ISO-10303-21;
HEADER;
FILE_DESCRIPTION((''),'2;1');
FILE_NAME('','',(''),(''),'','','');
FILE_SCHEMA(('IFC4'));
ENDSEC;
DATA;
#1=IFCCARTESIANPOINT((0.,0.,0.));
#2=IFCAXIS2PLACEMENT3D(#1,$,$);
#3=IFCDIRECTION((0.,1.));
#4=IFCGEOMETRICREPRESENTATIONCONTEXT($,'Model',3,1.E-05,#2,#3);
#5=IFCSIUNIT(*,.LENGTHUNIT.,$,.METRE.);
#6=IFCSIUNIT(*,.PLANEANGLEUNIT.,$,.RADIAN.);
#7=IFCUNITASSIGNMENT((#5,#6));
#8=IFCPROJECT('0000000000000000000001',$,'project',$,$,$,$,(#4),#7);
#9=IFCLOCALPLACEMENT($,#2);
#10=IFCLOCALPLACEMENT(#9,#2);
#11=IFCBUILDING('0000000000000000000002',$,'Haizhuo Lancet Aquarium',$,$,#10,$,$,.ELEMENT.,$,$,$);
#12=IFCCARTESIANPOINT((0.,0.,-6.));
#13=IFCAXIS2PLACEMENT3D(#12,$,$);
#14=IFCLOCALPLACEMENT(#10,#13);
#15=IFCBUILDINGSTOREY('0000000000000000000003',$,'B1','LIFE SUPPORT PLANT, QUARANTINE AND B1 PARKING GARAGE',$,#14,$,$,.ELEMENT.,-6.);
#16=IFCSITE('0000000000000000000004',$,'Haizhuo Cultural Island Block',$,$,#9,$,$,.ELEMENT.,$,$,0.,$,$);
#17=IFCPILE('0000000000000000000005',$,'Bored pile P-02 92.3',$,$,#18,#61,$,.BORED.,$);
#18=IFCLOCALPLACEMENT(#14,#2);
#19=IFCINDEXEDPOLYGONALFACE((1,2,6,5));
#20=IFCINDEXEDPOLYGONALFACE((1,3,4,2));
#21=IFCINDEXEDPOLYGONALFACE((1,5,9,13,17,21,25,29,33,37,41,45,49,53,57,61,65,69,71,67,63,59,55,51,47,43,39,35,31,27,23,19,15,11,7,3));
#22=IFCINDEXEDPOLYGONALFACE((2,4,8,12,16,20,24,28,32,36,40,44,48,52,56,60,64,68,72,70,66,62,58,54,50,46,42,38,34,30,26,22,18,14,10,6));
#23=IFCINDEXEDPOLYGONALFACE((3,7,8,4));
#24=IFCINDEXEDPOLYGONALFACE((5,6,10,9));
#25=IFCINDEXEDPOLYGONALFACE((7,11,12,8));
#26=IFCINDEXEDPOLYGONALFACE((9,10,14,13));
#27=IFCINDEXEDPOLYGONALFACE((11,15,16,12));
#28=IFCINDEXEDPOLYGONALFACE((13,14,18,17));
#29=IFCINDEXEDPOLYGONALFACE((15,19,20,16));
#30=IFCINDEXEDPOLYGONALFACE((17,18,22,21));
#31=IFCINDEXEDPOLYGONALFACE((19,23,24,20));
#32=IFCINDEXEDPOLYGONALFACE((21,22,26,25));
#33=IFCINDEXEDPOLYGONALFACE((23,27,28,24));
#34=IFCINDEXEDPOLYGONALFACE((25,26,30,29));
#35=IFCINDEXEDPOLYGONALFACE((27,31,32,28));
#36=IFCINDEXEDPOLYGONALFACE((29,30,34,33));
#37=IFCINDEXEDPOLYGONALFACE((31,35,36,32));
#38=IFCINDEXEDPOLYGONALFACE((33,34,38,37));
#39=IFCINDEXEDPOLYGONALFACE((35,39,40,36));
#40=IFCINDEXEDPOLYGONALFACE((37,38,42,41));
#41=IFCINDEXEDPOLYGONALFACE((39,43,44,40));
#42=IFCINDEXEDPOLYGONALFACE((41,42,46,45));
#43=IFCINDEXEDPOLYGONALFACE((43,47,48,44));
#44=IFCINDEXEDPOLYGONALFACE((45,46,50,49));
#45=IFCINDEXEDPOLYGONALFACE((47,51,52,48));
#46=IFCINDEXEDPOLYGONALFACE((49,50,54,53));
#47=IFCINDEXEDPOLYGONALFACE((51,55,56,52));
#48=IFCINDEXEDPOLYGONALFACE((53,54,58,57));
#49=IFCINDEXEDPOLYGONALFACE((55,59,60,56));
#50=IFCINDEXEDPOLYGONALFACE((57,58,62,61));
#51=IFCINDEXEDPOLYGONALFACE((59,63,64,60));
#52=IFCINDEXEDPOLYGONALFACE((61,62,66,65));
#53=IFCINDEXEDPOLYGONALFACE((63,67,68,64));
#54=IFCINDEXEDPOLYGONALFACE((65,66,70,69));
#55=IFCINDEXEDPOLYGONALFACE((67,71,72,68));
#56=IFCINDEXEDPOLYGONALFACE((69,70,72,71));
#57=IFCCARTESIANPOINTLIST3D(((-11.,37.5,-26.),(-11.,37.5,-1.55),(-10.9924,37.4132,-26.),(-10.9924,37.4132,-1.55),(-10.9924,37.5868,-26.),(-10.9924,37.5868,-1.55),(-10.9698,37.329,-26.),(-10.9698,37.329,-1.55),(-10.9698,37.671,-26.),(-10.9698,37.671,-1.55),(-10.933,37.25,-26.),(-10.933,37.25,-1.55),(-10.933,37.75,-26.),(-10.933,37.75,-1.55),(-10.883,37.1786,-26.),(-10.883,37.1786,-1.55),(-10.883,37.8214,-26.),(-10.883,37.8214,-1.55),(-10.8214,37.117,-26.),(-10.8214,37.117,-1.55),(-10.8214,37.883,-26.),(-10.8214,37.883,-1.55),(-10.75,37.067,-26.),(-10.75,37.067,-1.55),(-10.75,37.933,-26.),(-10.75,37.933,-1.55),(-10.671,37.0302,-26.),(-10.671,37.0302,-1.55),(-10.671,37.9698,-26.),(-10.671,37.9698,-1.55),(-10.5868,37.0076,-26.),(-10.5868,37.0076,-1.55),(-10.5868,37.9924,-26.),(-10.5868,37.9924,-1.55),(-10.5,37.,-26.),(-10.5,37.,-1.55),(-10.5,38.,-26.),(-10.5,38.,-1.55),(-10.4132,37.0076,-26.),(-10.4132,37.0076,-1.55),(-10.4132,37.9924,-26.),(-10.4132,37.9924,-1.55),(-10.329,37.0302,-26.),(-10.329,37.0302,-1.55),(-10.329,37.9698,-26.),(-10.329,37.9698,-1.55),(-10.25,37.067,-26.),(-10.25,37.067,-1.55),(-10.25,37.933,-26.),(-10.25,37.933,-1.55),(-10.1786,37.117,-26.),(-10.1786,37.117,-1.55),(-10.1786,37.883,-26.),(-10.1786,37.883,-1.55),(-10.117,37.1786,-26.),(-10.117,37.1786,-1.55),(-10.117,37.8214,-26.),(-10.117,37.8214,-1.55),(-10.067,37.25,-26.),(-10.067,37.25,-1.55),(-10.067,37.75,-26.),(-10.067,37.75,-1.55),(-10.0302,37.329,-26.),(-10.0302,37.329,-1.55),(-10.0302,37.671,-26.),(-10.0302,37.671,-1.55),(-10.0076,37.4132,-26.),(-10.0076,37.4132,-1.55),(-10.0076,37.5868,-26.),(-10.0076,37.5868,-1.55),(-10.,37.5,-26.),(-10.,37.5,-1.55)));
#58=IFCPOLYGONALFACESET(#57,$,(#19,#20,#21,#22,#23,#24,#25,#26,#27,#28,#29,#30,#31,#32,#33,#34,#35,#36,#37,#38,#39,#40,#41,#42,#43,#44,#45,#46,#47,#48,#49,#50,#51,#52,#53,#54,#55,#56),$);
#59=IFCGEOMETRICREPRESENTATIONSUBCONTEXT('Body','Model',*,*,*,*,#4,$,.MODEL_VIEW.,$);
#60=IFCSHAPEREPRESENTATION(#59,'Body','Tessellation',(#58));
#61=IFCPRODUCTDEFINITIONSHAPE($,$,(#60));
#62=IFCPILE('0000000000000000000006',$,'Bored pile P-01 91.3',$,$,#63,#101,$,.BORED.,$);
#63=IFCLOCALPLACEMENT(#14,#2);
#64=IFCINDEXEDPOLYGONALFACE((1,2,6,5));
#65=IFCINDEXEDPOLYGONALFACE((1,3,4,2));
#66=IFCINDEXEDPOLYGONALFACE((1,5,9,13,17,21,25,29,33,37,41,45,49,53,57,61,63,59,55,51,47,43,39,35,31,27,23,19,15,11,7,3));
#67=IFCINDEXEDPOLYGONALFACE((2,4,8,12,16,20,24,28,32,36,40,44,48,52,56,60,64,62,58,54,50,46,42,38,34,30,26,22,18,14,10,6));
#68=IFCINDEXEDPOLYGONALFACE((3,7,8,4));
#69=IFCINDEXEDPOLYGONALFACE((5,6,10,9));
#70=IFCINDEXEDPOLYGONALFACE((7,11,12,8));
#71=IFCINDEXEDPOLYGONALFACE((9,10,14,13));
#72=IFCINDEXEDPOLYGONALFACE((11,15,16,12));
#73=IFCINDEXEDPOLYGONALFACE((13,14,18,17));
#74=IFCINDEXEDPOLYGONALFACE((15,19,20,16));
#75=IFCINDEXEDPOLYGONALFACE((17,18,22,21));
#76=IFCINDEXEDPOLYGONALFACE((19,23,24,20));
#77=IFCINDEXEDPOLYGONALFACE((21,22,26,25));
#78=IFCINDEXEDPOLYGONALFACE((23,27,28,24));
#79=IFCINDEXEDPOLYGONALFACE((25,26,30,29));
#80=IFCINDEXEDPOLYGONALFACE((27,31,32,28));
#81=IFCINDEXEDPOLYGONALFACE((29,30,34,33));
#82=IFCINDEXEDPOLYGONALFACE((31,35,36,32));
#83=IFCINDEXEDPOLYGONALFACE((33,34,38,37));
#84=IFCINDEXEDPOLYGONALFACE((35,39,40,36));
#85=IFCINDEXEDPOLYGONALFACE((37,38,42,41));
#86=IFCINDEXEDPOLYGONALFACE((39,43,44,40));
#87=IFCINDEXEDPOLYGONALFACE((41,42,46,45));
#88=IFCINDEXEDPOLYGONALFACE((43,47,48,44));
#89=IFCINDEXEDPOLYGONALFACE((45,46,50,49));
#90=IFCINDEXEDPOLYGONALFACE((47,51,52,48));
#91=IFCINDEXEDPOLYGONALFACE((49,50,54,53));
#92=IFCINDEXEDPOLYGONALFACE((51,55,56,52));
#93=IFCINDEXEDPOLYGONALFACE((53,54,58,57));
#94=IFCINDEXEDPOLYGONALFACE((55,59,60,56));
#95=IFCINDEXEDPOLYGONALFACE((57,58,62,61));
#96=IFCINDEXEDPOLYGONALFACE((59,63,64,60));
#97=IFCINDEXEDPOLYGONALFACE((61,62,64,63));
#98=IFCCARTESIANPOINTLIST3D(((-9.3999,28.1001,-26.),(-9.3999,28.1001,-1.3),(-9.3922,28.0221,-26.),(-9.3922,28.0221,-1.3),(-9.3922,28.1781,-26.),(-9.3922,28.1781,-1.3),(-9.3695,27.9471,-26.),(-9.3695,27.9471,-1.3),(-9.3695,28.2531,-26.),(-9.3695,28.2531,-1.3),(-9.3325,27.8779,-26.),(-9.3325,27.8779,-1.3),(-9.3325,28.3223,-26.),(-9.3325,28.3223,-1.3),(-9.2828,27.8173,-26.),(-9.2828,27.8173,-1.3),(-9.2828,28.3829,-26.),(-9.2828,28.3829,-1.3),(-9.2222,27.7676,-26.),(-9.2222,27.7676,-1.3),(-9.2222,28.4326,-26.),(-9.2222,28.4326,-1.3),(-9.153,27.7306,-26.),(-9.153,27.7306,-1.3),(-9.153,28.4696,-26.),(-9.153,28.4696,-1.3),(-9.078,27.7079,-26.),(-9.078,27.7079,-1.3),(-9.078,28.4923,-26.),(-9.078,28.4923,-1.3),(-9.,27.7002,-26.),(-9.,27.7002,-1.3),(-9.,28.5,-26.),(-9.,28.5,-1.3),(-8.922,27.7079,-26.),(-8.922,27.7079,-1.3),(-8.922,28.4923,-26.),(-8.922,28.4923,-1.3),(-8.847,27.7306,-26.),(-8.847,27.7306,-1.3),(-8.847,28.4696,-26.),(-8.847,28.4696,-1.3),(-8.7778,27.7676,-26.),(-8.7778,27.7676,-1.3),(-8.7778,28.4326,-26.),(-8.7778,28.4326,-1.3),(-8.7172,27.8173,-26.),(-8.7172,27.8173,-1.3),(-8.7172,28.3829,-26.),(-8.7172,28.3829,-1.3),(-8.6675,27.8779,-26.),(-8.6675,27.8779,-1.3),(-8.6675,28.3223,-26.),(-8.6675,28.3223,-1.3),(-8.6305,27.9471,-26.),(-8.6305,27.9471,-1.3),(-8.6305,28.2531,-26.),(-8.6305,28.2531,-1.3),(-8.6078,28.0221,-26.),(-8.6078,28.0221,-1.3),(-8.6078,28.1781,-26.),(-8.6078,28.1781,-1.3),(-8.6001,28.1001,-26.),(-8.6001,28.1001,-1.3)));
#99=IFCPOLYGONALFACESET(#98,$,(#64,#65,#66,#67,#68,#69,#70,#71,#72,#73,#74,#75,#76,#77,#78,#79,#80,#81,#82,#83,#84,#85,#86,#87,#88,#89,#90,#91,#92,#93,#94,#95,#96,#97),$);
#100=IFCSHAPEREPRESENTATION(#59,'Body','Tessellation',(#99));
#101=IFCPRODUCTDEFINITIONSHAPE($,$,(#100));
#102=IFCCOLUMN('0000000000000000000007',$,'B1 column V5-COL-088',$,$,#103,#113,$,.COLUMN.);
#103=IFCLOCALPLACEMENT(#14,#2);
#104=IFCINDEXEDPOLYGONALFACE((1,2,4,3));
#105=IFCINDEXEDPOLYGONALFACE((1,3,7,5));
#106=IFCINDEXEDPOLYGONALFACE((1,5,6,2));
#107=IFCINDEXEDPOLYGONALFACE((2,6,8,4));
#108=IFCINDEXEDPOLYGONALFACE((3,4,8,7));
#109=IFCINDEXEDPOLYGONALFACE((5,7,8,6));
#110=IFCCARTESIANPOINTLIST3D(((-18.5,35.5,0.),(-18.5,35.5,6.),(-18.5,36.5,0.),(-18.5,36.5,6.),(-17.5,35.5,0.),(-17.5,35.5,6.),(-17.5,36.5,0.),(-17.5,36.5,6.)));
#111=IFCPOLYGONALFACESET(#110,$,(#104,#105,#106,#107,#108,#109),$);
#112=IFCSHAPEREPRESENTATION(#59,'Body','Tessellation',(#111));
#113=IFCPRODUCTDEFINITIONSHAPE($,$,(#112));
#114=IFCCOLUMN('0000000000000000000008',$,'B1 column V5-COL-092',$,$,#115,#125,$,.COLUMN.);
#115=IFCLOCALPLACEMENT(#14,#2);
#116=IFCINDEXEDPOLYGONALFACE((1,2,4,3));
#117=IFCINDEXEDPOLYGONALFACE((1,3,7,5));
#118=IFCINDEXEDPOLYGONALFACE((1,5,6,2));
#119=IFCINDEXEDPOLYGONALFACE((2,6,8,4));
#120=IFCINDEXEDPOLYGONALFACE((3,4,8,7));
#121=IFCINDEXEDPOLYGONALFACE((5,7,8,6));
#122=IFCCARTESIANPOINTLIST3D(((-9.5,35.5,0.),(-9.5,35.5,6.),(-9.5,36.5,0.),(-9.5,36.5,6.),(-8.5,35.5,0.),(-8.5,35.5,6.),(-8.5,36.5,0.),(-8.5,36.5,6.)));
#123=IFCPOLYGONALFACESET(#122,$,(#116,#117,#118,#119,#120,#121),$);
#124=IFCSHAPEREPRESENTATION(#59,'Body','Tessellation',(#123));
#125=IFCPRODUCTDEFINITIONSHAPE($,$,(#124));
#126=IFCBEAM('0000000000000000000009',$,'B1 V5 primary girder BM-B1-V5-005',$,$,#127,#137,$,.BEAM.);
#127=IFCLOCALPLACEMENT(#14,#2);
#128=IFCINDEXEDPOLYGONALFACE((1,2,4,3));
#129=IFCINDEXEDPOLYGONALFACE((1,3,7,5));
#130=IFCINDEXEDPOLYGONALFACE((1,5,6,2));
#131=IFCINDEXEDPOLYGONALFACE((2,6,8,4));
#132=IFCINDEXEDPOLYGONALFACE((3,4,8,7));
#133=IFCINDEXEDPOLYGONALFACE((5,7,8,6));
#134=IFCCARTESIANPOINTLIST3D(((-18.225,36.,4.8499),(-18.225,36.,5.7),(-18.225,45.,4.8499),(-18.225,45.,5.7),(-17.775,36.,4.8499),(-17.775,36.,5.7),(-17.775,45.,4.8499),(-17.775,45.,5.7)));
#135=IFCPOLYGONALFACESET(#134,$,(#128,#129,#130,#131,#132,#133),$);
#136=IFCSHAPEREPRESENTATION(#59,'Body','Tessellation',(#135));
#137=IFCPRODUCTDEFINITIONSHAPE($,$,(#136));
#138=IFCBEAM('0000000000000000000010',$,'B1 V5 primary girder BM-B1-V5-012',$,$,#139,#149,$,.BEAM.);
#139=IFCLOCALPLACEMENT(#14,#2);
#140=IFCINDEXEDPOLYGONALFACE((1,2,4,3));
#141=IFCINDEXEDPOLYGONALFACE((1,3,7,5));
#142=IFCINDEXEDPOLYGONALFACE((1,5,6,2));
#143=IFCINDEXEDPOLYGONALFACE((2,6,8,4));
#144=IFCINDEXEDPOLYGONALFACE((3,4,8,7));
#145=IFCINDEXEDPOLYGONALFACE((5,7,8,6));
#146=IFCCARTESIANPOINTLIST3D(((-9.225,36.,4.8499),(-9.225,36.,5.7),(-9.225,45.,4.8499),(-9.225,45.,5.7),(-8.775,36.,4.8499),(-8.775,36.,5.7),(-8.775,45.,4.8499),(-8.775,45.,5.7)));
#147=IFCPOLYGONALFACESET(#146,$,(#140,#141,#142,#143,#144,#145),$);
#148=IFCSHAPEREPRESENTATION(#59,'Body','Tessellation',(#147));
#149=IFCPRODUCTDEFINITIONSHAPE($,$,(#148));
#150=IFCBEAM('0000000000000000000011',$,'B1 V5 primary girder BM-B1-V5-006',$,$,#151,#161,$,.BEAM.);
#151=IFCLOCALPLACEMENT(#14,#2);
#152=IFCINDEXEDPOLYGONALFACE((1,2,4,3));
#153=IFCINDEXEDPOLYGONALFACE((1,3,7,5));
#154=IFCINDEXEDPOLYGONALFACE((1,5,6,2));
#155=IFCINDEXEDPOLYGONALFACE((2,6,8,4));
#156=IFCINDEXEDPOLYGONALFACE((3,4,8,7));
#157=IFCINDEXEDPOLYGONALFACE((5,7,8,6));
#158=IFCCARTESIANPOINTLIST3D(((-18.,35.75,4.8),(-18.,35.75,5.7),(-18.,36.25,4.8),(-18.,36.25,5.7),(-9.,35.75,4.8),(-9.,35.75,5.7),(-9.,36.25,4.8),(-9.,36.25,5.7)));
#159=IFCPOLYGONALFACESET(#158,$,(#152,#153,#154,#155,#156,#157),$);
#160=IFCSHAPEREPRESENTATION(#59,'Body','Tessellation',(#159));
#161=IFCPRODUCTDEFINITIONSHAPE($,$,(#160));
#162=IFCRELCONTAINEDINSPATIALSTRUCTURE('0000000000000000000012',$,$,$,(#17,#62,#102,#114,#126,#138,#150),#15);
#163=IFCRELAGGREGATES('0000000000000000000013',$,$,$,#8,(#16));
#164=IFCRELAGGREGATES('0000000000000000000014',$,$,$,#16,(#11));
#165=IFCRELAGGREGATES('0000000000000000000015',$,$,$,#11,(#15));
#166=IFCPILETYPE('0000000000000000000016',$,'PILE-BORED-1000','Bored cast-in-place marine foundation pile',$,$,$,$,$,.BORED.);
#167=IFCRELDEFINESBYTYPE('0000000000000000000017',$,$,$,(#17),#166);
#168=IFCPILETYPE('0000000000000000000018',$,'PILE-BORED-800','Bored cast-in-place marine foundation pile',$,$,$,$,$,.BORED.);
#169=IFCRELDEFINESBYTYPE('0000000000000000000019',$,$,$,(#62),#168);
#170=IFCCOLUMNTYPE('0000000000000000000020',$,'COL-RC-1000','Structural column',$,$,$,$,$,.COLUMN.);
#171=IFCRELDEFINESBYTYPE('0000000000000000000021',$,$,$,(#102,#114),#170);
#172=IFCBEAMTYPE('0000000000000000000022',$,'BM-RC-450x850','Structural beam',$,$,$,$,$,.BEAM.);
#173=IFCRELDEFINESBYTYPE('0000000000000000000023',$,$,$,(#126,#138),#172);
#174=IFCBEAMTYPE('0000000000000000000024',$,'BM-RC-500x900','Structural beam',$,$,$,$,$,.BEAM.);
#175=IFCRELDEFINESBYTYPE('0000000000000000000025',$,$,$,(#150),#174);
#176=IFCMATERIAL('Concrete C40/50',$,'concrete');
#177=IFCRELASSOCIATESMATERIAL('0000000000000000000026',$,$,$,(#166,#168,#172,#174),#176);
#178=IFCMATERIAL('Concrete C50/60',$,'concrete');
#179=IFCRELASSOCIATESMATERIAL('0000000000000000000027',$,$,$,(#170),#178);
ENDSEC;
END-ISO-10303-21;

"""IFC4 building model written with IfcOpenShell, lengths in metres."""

from ifc_helpers import new_model, si_unit, direction, frame, origin, origin_2d, place, context, subcontext, project, spatial, rectangle, circle, extrude, material, material_profile, profile_set, type_object, element, save


model = new_model("IFC4")

# Units and contexts
model_context = context("Model", 3, precision=1e-05, world=origin(), true_north=direction((0.0, 1.0)))
body_context = subcontext(model_context, "Body", "Model", "MODEL_VIEW")
ifc_project = project(units=[si_unit("LENGTHUNIT", "METRE"), si_unit("PLANEANGLEUNIT", "RADIAN")], contexts=[model_context])

# Site, building, storey
site_placement = place(None, origin())
site = spatial("IfcSite", under=ifc_project, at=site_placement, Name="Haizhuo Cultural Island Block", CompositionType="ELEMENT", RefElevation=0.0)
building_placement = place(site_placement, origin())
building = spatial("IfcBuilding", under=site, at=building_placement, Name="Haizhuo Lancet Aquarium", CompositionType="ELEMENT")
storey_placement = place(building_placement, frame((0.0, 0.0, -6.0)))
storey = spatial("IfcBuildingStorey", under=building, at=storey_placement, Name="B1", Description="LIFE SUPPORT PLANT, QUARANTINE AND B1 PARKING GARAGE", CompositionType="ELEMENT", Elevation=-6.0)

# Shared definitions
ifc_material_1 = material(Name="Concrete C40/50", Category="concrete")

# Piles
ifc_material_profile_1 = material_profile(ifc_material_1, circle(Radius=0.5, at=origin_2d()), Name="PILE-1000")
ifc_profile_set_1 = profile_set([ifc_material_profile_1], Name="Concrete C40/50")
pile_type_1 = type_object("IfcPileType", Name="PILE-BORED-1000", Description="Bored cast-in-place marine foundation pile", PredefinedType="BORED", material=ifc_profile_set_1)
for number, where, z_axis, x_axis, name in (
    (1, (-10.5, 37.5, -1.55), (0.0, 0.0, -1.0), (1.0, 0.0, 0.0), "Bored pile P-02 92.3"),
):
    element("IfcPile", number, at=place(storey_placement, frame(where, z_axis=z_axis, x_axis=x_axis)), inside=storey, type_object=pile_type_1, Name=name, PredefinedType="BORED", context=body_context, shape_type="SweptSolid", body=[
        extrude(circle(Radius=0.5, at=origin_2d()), origin(), (0.0, 0.0, 1.0), 24.45),
    ])
ifc_material_profile_2 = material_profile(ifc_material_1, circle(Radius=0.3999, at=origin_2d()), Name="PILE-800")
ifc_profile_set_2 = profile_set([ifc_material_profile_2], Name="Concrete C40/50")
pile_type_2 = type_object("IfcPileType", Name="PILE-BORED-800", Description="Bored cast-in-place marine foundation pile", PredefinedType="BORED", material=ifc_profile_set_2)
pile_1_placement = place(storey_placement, frame((-9.0, 28.1001, -1.3), z_axis=(0.0, 0.0, -1.0), x_axis=(1.0, 0.0, 0.0)))
element("IfcPile", 2, at=pile_1_placement, inside=storey, type_object=pile_type_2, Name="Bored pile P-01 91.3", PredefinedType="BORED", context=body_context, shape_type="SweptSolid", body=[
    extrude(circle(Radius=0.3999, at=origin_2d()), origin(), (0.0, 0.0, 1.0), 24.7),
])

# Columns
ifc_material_2 = material(Name="Concrete C50/60", Category="concrete")
ifc_material_profile_3 = material_profile(ifc_material_2, rectangle(XDim=1.0, YDim=1.0, at=origin_2d()), Name="RC-COL 1000x1000")
ifc_profile_set_3 = profile_set([ifc_material_profile_3], Name="Concrete C50/60")
column_type = type_object("IfcColumnType", Name="COL-RC-1000", Description="Structural column", PredefinedType="COLUMN", material=ifc_profile_set_3)
for number, where, z_axis, x_axis, name in (
    (3, (-18.0, 36.0, 0.0), (0.0, 0.0, 1.0), (1.0, 0.0, 0.0), "B1 column V5-COL-088"),
    (4, (-9.0, 36.0, 0.0), (0.0, 0.0, 1.0), (1.0, 0.0, 0.0), "B1 column V5-COL-092"),
):
    element("IfcColumn", number, at=place(storey_placement, frame(where, z_axis=z_axis, x_axis=x_axis)), inside=storey, type_object=column_type, Name=name, PredefinedType="COLUMN", context=body_context, shape_type="SweptSolid", body=[
        extrude(rectangle(XDim=1.0, YDim=1.0, at=origin_2d()), origin(), (0.0, 0.0, 1.0), 6.0),
    ])

# Beams
ifc_material_profile_4 = material_profile(ifc_material_1, rectangle(XDim=0.45, YDim=0.8501, at=origin_2d()), Name="RC-BM 450x850")
ifc_profile_set_4 = profile_set([ifc_material_profile_4], Name="Concrete C40/50")
beam_type_1 = type_object("IfcBeamType", Name="BM-RC-450x850", Description="Structural beam", PredefinedType="BEAM", material=ifc_profile_set_4)
for number, where, z_axis, x_axis, name in (
    (5, (-18.0, 36.0, 5.2749), (0.0, 1.0, 0.0), (-1.0, 0.0, 0.0), "B1 V5 primary girder BM-B1-V5-005"),
    (6, (-9.0, 36.0, 5.2749), (0.0, 1.0, 0.0), (-1.0, 0.0, 0.0), "B1 V5 primary girder BM-B1-V5-012"),
):
    element("IfcBeam", number, at=place(storey_placement, frame(where, z_axis=z_axis, x_axis=x_axis)), inside=storey, type_object=beam_type_1, Name=name, PredefinedType="BEAM", context=body_context, shape_type="SweptSolid", body=[
        extrude(rectangle(XDim=0.45, YDim=0.8501, at=origin_2d()), origin(), (0.0, 0.0, 1.0), 9.0),
    ])
ifc_material_profile_5 = material_profile(ifc_material_1, rectangle(XDim=0.5, YDim=0.8999, at=origin_2d()), Name="RC-BM 500x900")
ifc_profile_set_5 = profile_set([ifc_material_profile_5], Name="Concrete C40/50")
beam_type_2 = type_object("IfcBeamType", Name="BM-RC-500x900", Description="Structural beam", PredefinedType="BEAM", material=ifc_profile_set_5)
beam_1_placement = place(storey_placement, frame((-18.0, 36.0, 5.25), z_axis=(1.0, 0.0, 0.0), x_axis=(0.0, 1.0, 0.0)))
element("IfcBeam", 7, at=beam_1_placement, inside=storey, type_object=beam_type_2, Name="B1 V5 primary girder BM-B1-V5-006", PredefinedType="BEAM", context=body_context, shape_type="SweptSolid", body=[
    extrude(rectangle(XDim=0.5, YDim=0.8999, at=origin_2d()), origin(), (0.0, 0.0, 1.0), 9.0),
])

save(model, "model.ifc")
